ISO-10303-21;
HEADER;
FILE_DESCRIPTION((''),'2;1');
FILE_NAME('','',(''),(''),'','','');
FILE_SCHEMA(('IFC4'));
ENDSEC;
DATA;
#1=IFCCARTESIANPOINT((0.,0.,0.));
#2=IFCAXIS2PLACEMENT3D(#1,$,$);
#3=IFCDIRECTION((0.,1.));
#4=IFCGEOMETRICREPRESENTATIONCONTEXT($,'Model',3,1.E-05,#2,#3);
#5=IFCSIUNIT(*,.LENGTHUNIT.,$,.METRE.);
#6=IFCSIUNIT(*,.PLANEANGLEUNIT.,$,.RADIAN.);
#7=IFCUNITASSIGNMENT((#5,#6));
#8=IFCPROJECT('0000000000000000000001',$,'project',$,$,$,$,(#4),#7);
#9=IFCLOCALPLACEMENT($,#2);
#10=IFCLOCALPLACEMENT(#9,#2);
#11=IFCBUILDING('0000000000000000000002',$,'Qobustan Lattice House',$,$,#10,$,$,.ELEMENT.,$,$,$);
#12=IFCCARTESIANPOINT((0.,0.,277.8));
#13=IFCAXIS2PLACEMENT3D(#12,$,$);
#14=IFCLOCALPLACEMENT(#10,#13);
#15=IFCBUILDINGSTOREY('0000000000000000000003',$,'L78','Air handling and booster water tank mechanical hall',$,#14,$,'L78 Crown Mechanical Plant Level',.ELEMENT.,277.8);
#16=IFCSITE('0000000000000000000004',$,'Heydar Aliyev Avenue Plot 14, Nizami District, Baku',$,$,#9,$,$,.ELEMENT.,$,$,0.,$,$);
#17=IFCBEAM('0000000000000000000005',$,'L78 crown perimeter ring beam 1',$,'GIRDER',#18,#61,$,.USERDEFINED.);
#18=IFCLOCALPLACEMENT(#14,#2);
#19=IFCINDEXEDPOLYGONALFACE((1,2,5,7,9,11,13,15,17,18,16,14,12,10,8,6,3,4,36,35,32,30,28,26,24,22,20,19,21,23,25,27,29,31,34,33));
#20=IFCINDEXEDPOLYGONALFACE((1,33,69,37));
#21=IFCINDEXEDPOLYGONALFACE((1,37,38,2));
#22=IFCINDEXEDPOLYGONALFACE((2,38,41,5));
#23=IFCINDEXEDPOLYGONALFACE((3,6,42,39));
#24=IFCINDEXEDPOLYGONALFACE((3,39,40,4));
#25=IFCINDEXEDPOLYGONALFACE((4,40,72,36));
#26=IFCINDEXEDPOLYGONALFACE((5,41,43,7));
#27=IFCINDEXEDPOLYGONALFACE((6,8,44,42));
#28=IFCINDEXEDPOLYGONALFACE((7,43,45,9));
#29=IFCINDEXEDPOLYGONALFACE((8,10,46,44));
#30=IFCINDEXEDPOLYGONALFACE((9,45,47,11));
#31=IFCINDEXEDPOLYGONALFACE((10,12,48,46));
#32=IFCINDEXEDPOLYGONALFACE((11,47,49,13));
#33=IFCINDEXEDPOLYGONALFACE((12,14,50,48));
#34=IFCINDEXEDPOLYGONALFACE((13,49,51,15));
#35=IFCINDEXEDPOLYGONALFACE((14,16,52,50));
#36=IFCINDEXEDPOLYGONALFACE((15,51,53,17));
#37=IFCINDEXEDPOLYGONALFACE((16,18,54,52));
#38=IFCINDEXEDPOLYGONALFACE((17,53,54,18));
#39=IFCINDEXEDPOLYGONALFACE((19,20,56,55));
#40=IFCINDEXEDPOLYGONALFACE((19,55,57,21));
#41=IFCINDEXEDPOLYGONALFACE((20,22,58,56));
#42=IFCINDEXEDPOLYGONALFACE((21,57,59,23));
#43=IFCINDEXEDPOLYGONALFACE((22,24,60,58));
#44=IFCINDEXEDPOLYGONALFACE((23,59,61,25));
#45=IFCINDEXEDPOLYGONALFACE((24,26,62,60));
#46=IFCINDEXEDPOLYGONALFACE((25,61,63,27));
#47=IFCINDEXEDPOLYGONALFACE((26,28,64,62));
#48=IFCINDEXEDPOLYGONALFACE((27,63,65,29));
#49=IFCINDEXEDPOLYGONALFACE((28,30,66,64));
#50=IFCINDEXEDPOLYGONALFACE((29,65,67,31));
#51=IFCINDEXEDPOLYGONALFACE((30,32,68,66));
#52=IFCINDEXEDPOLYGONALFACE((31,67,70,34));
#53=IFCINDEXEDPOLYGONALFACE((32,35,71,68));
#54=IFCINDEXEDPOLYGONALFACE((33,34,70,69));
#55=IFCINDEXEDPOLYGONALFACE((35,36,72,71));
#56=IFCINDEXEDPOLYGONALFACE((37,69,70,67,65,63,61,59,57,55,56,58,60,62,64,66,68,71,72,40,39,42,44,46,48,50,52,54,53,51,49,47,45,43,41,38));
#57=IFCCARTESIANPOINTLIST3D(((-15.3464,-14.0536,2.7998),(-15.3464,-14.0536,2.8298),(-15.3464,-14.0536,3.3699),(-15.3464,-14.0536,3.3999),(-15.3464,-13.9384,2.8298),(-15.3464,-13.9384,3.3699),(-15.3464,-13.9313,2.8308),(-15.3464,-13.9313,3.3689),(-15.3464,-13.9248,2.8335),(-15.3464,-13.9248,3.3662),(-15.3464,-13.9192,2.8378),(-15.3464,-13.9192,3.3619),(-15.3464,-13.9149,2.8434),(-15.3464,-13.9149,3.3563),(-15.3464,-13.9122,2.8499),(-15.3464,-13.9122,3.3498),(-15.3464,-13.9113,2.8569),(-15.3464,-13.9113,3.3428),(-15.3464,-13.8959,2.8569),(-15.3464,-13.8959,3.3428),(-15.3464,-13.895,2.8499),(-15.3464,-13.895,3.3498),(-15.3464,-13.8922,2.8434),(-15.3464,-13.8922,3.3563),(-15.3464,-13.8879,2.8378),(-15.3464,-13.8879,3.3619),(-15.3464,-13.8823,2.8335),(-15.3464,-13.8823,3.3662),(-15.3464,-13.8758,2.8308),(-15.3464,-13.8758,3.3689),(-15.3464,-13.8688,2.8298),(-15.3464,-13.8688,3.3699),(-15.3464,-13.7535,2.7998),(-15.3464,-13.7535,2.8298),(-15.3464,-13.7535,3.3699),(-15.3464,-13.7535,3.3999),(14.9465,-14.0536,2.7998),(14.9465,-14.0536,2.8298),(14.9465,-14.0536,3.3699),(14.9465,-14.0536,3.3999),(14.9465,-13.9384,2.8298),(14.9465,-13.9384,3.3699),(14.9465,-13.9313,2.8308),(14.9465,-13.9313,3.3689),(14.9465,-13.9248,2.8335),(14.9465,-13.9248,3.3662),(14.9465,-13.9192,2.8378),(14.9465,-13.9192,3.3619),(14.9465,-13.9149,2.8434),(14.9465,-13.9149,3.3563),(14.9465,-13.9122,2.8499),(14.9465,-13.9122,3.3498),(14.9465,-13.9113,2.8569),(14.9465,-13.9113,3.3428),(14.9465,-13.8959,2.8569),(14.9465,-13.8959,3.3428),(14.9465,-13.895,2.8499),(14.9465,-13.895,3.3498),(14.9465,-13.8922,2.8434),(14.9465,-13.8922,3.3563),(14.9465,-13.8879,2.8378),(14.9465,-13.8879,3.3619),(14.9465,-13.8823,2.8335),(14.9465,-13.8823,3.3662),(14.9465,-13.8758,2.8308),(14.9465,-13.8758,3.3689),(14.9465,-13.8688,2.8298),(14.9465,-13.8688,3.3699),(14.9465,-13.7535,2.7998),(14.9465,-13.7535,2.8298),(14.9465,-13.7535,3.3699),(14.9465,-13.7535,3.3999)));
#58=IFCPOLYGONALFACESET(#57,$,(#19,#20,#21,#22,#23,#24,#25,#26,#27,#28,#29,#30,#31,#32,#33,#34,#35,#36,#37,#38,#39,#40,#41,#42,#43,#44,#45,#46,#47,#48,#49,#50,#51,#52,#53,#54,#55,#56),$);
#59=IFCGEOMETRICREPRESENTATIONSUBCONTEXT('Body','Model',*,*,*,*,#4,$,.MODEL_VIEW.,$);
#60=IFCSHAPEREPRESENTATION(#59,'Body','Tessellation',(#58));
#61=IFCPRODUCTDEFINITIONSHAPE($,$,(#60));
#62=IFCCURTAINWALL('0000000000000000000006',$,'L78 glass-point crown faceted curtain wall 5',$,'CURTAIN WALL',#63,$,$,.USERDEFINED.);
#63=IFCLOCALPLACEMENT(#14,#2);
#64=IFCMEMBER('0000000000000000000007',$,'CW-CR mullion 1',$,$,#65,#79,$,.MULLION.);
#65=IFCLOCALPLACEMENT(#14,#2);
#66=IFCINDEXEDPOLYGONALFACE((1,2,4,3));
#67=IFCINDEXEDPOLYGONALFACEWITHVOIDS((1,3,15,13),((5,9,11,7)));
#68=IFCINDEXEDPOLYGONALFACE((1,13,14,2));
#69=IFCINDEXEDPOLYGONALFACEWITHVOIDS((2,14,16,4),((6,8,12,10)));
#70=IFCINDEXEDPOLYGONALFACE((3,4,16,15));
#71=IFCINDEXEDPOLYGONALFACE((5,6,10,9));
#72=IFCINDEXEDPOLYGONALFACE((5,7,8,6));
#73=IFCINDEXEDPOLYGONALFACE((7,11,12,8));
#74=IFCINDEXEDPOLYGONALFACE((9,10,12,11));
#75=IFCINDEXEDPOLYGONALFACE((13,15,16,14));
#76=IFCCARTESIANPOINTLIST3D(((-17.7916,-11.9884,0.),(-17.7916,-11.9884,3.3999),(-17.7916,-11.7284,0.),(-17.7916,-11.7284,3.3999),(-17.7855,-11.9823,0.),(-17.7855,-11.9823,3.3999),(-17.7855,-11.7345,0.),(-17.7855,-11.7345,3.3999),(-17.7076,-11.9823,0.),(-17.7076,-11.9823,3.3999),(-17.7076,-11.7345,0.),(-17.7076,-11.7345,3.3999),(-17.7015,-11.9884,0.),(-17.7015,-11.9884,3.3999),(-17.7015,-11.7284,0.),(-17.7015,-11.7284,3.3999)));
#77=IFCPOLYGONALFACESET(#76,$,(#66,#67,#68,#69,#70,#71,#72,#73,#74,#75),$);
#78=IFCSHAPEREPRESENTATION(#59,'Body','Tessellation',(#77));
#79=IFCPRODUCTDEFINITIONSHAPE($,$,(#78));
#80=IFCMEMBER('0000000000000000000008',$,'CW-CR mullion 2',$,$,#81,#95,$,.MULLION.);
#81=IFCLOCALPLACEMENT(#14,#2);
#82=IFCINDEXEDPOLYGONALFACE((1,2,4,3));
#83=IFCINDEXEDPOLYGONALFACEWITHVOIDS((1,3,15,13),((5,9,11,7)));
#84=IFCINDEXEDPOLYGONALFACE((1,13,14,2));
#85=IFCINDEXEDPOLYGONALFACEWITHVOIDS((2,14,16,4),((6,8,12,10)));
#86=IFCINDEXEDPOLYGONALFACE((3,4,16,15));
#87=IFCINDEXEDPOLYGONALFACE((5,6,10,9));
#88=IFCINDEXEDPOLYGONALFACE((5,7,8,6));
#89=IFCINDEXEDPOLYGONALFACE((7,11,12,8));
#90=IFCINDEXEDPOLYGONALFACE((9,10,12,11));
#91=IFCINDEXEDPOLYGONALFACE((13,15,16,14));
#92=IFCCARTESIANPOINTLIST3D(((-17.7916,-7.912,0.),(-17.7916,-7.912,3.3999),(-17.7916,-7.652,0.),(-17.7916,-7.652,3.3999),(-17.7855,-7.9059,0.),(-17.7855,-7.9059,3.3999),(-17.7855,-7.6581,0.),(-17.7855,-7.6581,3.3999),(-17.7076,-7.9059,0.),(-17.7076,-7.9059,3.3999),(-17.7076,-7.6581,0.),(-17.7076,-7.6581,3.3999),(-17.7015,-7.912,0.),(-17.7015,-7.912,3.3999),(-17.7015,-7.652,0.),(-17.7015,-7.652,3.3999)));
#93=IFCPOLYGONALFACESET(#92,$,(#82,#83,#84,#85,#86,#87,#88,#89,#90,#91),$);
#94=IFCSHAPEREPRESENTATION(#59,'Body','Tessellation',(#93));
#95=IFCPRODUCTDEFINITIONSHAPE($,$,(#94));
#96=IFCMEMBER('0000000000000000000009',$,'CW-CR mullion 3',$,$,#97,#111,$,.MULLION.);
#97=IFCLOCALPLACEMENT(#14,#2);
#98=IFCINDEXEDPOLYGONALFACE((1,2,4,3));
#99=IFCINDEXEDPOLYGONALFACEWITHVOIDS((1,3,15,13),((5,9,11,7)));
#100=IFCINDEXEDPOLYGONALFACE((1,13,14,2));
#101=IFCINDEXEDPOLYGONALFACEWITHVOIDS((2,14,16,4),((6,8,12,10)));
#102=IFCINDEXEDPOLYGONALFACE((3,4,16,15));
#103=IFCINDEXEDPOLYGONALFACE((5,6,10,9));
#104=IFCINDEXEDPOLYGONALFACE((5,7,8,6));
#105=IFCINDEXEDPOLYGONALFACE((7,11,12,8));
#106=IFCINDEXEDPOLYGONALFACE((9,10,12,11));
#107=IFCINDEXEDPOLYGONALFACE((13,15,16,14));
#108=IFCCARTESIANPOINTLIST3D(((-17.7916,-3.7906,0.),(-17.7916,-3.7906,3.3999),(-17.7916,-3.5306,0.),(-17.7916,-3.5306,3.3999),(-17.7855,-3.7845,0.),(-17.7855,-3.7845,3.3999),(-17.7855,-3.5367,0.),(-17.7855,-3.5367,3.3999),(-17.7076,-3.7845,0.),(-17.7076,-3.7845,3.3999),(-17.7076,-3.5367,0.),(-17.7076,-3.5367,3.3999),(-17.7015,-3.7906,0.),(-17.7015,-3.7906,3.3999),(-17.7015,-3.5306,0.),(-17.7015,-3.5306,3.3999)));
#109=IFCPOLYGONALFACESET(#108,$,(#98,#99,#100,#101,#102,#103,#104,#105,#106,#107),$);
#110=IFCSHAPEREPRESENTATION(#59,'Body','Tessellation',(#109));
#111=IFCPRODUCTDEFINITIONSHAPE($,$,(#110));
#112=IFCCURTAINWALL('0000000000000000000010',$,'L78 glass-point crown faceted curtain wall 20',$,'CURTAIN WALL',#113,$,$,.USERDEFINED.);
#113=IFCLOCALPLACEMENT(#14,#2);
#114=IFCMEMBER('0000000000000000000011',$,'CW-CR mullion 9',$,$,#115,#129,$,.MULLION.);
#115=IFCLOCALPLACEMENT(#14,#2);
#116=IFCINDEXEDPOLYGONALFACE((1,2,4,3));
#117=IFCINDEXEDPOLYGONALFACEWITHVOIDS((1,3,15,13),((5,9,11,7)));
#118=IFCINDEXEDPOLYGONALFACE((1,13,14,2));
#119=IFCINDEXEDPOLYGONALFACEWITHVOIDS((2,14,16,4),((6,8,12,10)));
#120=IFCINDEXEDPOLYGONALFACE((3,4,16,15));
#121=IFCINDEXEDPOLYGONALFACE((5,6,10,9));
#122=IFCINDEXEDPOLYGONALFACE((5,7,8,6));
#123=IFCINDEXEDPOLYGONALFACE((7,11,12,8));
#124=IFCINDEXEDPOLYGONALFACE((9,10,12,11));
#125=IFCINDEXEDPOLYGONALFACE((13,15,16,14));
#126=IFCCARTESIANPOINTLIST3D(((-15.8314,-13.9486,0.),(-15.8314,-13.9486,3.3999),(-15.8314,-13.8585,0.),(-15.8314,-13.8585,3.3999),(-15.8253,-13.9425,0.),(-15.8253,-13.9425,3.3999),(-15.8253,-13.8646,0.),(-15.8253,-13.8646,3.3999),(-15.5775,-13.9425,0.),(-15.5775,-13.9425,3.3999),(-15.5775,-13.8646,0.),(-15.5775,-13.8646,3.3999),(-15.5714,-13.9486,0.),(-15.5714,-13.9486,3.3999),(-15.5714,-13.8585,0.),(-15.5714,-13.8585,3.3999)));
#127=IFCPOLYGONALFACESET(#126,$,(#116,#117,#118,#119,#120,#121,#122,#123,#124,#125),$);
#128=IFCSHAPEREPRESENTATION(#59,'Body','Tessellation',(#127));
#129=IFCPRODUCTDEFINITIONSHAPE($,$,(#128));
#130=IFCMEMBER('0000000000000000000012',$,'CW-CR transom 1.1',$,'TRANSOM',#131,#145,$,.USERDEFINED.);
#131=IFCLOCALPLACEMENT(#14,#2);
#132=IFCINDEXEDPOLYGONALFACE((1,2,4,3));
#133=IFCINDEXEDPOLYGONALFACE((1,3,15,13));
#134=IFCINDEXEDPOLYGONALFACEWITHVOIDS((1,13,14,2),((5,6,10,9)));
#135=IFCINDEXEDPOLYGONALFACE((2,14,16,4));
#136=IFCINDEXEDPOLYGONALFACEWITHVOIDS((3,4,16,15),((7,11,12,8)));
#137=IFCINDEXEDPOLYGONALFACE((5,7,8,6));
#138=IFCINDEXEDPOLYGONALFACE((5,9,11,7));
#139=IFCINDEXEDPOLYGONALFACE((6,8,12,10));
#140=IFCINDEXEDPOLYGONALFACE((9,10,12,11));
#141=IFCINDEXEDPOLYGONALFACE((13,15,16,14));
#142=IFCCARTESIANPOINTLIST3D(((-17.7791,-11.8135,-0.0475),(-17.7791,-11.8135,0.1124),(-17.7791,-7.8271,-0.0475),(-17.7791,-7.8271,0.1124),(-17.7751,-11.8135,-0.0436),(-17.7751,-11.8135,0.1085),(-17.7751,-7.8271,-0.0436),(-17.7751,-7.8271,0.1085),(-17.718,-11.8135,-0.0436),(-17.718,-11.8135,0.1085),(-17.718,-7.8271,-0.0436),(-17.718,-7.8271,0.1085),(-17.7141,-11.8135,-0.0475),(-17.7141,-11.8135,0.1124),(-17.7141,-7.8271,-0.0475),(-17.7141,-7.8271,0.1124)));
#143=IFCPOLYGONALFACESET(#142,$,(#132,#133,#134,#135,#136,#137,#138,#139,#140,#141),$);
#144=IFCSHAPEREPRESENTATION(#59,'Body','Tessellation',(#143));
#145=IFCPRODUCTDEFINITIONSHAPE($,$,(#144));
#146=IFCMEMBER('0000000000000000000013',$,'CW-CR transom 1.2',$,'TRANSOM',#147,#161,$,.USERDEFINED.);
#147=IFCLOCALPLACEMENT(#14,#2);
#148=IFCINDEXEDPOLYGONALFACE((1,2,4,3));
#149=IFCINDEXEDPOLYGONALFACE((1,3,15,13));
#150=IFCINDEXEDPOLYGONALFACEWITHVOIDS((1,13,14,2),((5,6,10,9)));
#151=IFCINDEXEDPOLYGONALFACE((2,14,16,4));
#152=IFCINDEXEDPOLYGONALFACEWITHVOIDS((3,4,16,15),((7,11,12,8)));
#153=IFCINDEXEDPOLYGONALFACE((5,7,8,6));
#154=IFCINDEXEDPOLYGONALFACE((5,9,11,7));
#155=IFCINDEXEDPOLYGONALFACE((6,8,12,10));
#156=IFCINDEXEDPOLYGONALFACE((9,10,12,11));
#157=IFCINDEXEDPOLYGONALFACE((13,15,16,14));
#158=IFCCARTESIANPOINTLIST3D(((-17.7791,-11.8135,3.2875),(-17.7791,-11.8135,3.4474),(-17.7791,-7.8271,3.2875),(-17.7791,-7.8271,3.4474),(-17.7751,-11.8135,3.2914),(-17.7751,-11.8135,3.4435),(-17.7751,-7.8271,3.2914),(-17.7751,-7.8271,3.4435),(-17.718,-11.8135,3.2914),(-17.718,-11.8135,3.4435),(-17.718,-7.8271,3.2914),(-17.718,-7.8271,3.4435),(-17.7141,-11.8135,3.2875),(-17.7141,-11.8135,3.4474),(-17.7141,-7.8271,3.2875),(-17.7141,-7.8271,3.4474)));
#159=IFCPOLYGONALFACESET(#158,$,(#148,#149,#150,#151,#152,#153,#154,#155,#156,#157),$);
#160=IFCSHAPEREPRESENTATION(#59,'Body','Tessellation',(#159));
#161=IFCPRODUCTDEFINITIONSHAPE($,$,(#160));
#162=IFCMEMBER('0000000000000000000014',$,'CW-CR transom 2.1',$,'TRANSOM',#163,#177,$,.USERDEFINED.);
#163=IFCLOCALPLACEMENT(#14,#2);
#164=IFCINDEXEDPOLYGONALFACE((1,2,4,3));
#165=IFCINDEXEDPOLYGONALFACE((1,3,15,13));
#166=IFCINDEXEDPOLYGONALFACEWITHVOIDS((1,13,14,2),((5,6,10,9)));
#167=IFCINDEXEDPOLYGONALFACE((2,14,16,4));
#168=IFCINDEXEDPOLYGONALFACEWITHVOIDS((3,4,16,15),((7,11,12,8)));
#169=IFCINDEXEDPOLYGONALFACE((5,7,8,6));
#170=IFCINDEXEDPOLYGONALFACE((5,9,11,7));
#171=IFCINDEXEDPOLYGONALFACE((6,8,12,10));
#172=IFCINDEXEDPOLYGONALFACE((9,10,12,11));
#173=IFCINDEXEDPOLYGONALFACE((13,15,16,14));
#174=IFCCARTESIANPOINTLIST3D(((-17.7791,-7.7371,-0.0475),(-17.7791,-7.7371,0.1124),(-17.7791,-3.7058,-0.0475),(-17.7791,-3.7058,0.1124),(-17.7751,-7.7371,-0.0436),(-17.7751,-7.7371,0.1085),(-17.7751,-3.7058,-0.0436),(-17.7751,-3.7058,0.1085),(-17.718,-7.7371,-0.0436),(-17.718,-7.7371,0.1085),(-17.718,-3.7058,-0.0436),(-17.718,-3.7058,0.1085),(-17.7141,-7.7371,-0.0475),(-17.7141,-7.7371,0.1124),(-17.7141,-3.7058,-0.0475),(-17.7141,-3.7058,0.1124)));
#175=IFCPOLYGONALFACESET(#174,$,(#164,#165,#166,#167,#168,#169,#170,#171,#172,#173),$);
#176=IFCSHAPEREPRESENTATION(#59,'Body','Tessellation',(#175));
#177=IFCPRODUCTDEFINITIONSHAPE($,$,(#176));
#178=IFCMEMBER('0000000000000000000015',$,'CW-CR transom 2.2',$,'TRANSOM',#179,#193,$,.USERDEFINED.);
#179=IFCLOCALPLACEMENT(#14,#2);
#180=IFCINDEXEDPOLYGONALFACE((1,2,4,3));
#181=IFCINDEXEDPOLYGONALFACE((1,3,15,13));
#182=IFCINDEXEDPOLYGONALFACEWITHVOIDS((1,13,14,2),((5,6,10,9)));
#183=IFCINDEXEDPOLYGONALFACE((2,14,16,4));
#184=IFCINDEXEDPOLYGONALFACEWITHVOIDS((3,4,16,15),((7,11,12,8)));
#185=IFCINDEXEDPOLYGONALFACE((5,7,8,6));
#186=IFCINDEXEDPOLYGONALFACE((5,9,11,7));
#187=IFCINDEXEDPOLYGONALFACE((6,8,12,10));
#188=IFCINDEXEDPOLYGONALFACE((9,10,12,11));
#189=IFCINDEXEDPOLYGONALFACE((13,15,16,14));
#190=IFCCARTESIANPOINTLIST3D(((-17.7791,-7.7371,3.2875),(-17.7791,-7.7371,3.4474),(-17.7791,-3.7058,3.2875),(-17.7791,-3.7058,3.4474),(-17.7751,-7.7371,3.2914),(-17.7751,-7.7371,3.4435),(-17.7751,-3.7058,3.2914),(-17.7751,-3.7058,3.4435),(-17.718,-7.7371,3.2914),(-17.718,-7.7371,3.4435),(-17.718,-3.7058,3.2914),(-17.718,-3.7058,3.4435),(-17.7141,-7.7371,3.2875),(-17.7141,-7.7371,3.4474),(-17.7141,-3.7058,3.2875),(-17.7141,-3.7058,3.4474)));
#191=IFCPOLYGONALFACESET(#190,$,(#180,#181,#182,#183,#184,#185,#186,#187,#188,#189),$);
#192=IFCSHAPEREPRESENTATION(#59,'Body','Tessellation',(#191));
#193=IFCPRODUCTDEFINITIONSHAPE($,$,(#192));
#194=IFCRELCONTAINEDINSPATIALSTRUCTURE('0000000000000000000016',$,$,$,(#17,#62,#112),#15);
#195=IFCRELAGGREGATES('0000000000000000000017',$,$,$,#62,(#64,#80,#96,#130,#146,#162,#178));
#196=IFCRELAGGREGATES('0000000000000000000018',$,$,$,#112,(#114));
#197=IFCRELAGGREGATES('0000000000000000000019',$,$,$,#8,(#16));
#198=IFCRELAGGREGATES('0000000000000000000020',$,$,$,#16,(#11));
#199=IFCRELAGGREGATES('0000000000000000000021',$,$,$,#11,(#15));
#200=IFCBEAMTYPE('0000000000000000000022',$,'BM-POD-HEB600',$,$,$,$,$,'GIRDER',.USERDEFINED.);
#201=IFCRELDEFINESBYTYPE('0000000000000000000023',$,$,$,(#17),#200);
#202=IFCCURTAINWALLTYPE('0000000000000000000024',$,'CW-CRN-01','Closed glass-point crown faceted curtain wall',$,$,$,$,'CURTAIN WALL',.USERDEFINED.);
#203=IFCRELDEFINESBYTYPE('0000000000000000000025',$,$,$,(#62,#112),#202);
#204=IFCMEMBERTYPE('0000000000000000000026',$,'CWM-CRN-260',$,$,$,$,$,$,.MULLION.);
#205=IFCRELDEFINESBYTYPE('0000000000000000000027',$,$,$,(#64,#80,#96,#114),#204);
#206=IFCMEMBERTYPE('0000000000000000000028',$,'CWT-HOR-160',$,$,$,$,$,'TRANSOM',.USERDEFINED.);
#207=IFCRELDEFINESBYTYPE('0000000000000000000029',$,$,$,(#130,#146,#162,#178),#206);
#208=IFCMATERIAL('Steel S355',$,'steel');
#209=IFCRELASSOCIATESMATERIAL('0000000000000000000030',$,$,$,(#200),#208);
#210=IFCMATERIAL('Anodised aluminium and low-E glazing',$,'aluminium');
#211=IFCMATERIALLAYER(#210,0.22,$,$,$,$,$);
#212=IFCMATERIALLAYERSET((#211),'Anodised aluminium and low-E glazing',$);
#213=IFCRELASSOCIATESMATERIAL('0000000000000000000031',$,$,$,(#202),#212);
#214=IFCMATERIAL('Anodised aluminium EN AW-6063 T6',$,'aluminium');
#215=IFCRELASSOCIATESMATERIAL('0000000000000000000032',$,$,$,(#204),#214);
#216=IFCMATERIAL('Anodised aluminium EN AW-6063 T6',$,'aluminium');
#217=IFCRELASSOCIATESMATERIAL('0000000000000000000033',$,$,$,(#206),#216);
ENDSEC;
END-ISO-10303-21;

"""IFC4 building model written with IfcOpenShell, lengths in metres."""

from ifc_helpers import new_model, si_unit, direction, frame, origin, origin_2d, place, context, subcontext, project, spatial, hollow_rectangle, i_section, extrude, material, layer, layer_set, material_profile, profile_set, type_object, element, aggregate, save


model = new_model("IFC4")

# Units and contexts
model_context = context("Model", 3, precision=1e-05, world=origin(), true_north=direction((0.0, 1.0)))
body_context = subcontext(model_context, "Body", "Model", "MODEL_VIEW")
ifc_project = project(units=[si_unit("LENGTHUNIT", "METRE"), si_unit("PLANEANGLEUNIT", "RADIAN")], contexts=[model_context])

# Site, building, storey
site_placement = place(None, origin())
site = spatial("IfcSite", under=ifc_project, at=site_placement, Name="Heydar Aliyev Avenue Plot 14, Nizami District, Baku", CompositionType="ELEMENT", RefElevation=0.0)
building_placement = place(site_placement, origin())
building = spatial("IfcBuilding", under=site, at=building_placement, Name="Qobustan Lattice House", CompositionType="ELEMENT")
storey_placement = place(building_placement, frame((0.0, 0.0, 277.8)))
storey = spatial("IfcBuildingStorey", under=building, at=storey_placement, Name="L78", Description="Air handling and booster water tank mechanical hall", LongName="L78 Crown Mechanical Plant Level", CompositionType="ELEMENT", Elevation=277.8)

# Beam
ifc_material_1 = material(Name="Steel S355", Category="steel")
ifc_material_profile_1 = material_profile(ifc_material_1, i_section(OverallWidth=0.3, OverallDepth=0.6001, WebThickness=0.0154, FlangeThickness=0.03, FilletRadius=0.0271, at=origin_2d()), Name="HEB600")
ifc_profile_set_1 = profile_set([ifc_material_profile_1], Name="Steel S355")
beam_type = type_object("IfcBeamType", Name="BM-POD-HEB600", ElementType="GIRDER", PredefinedType="USERDEFINED", material=ifc_profile_set_1)
beam_placement = place(storey_placement, frame((-15.3464, -13.9036, 3.0999), z_axis=(1.0, 0.0, 0.0), x_axis=(0.0, 1.0, 0.0)))
element("IfcBeam", 1, at=beam_placement, inside=storey, type_object=beam_type, Name="L78 crown perimeter ring beam 1", ObjectType="GIRDER", PredefinedType="USERDEFINED", context=body_context, shape_type="SweptSolid", body=[
    extrude(i_section(OverallWidth=0.3, OverallDepth=0.6001, WebThickness=0.0154, FlangeThickness=0.03, FilletRadius=0.0271, at=origin_2d()), origin(), (0.0, 0.0, 1.0), 30.293),
])

# Curtain wall, members
ifc_material_2 = material(Name="Anodised aluminium and low-E glazing", Category="aluminium")
ifc_layer_1 = layer(ifc_material_2, 0.22)
ifc_layer_set_1 = layer_set([ifc_layer_1], Name="Anodised aluminium and low-E glazing")
curtain_wall_type = type_object("IfcCurtainWallType", Name="CW-CRN-01", Description="Closed glass-point crown faceted curtain wall", ElementType="CURTAIN WALL", PredefinedType="USERDEFINED", material=ifc_layer_set_1)
curtain_wall_1_placement = place(storey_placement, origin())
curtain_wall_1 = element("IfcCurtainWall", 2, at=curtain_wall_1_placement, inside=storey, type_object=curtain_wall_type, Name="L78 glass-point crown faceted curtain wall 5", ObjectType="CURTAIN WALL", PredefinedType="USERDEFINED")
ifc_material_3 = material(Name="Anodised aluminium EN AW-6063 T6", Category="aluminium")
ifc_material_profile_2 = material_profile(ifc_material_3, hollow_rectangle(XDim=0.0901, YDim=0.26, WallThickness=0.0061, at=origin_2d()), Name="CWM-CROWN-260x90")
ifc_profile_set_2 = profile_set([ifc_material_profile_2], Name="Anodised aluminium EN AW-6063 T6")
member_type_1 = type_object("IfcMemberType", Name="CWM-CRN-260", PredefinedType="MULLION", material=ifc_profile_set_2)
member_1_placement = place(storey_placement, frame((-17.7466, -11.8584, 0.0), z_axis=(0.0, 0.0, 1.0), x_axis=(-1.0, 0.0, 0.0)))
member_1 = element("IfcMember", 3, at=member_1_placement, type_object=member_type_1, Name="CW-CR mullion 1", PredefinedType="MULLION", context=body_context, shape_type="SweptSolid", body=[
    extrude(hollow_rectangle(XDim=0.0901, YDim=0.26, WallThickness=0.0061, at=origin_2d()), origin(), (0.0, 0.0, 1.0), 3.3999),
])
member_2_placement = place(storey_placement, frame((-17.7466, -7.782, 0.0), z_axis=(0.0, 0.0, 1.0), x_axis=(-1.0, 0.0, 0.0)))
member_2 = element("IfcMember", 4, at=member_2_placement, type_object=member_type_1, Name="CW-CR mullion 2", PredefinedType="MULLION", context=body_context, shape_type="SweptSolid", body=[
    extrude(hollow_rectangle(XDim=0.0901, YDim=0.26, WallThickness=0.0061, at=origin_2d()), origin(), (0.0, 0.0, 1.0), 3.3999),
])
member_3_placement = place(storey_placement, frame((-17.7466, -3.6606, 0.0), z_axis=(0.0, 0.0, 1.0), x_axis=(-1.0, 0.0, 0.0)))
member_3 = element("IfcMember", 5, at=member_3_placement, type_object=member_type_1, Name="CW-CR mullion 3", PredefinedType="MULLION", context=body_context, shape_type="SweptSolid", body=[
    extrude(hollow_rectangle(XDim=0.0901, YDim=0.26, WallThickness=0.0061, at=origin_2d()), origin(), (0.0, 0.0, 1.0), 3.3999),
])

# Curtain wall, member
curtain_wall_2_placement = place(storey_placement, origin())
curtain_wall_2 = element("IfcCurtainWall", 6, at=curtain_wall_2_placement, inside=storey, type_object=curtain_wall_type, Name="L78 glass-point crown faceted curtain wall 20", ObjectType="CURTAIN WALL", PredefinedType="USERDEFINED")
member_4_placement = place(storey_placement, frame((-15.7014, -13.9036, 0.0), z_axis=(0.0, 0.0, 1.0), x_axis=(0.0, -1.0, 0.0)))
member_4 = element("IfcMember", 7, at=member_4_placement, type_object=member_type_1, Name="CW-CR mullion 9", PredefinedType="MULLION", context=body_context, shape_type="SweptSolid", body=[
    extrude(hollow_rectangle(XDim=0.0901, YDim=0.26, WallThickness=0.0061, at=origin_2d()), origin(), (0.0, 0.0, 1.0), 3.3999),
])

# Members
ifc_material_4 = material(Name="Anodised aluminium EN AW-6063 T6", Category="aluminium")
ifc_material_profile_3 = material_profile(ifc_material_4, hollow_rectangle(XDim=0.0649, YDim=0.1599, WallThickness=0.0039, at=origin_2d()), Name="CWT-160x65")
ifc_profile_set_3 = profile_set([ifc_material_profile_3], Name="Anodised aluminium EN AW-6063 T6")
member_type_2 = type_object("IfcMemberType", Name="CWT-HOR-160", ElementType="TRANSOM", PredefinedType="USERDEFINED", material=ifc_profile_set_3)
member_5_placement = place(storey_placement, frame((-17.7466, -11.8135, 0.0325), z_axis=(0.0, 1.0, 0.0), x_axis=(-1.0, 0.0, 0.0)))
member_5 = element("IfcMember", 8, at=member_5_placement, type_object=member_type_2, Name="CW-CR transom 1.1", ObjectType="TRANSOM", PredefinedType="USERDEFINED", context=body_context, shape_type="SweptSolid", body=[
    extrude(hollow_rectangle(XDim=0.0649, YDim=0.1599, WallThickness=0.0039, at=origin_2d()), origin(), (0.0, 0.0, 1.0), 3.9863),
])
member_6_placement = place(storey_placement, frame((-17.7466, -11.8135, 3.3674), z_axis=(0.0, 1.0, 0.0), x_axis=(-1.0, 0.0, 0.0)))
member_6 = element("IfcMember", 9, at=member_6_placement, type_object=member_type_2, Name="CW-CR transom 1.2", ObjectType="TRANSOM", PredefinedType="USERDEFINED", context=body_context, shape_type="SweptSolid", body=[
    extrude(hollow_rectangle(XDim=0.0649, YDim=0.1599, WallThickness=0.0039, at=origin_2d()), origin(), (0.0, 0.0, 1.0), 3.9863),
])
member_7_placement = place(storey_placement, frame((-17.7466, -7.7371, 0.0325), z_axis=(0.0, 1.0, 0.0), x_axis=(-1.0, 0.0, 0.0)))
member_7 = element("IfcMember", 10, at=member_7_placement, type_object=member_type_2, Name="CW-CR transom 2.1", ObjectType="TRANSOM", PredefinedType="USERDEFINED", context=body_context, shape_type="SweptSolid", body=[
    extrude(hollow_rectangle(XDim=0.0649, YDim=0.1599, WallThickness=0.0039, at=origin_2d()), origin(), (0.0, 0.0, 1.0), 4.0312),
])
member_8_placement = place(storey_placement, frame((-17.7466, -7.7371, 3.3674), z_axis=(0.0, 1.0, 0.0), x_axis=(-1.0, 0.0, 0.0)))
member_8 = element("IfcMember", 11, at=member_8_placement, type_object=member_type_2, Name="CW-CR transom 2.2", ObjectType="TRANSOM", PredefinedType="USERDEFINED", context=body_context, shape_type="SweptSolid", body=[
    extrude(hollow_rectangle(XDim=0.0649, YDim=0.1599, WallThickness=0.0039, at=origin_2d()), origin(), (0.0, 0.0, 1.0), 4.0312),
])

aggregate(curtain_wall_1, [member_1, member_2, member_3, member_5, member_6, member_7, member_8])
aggregate(curtain_wall_2, [member_4])

save(model, "model.ifc")
